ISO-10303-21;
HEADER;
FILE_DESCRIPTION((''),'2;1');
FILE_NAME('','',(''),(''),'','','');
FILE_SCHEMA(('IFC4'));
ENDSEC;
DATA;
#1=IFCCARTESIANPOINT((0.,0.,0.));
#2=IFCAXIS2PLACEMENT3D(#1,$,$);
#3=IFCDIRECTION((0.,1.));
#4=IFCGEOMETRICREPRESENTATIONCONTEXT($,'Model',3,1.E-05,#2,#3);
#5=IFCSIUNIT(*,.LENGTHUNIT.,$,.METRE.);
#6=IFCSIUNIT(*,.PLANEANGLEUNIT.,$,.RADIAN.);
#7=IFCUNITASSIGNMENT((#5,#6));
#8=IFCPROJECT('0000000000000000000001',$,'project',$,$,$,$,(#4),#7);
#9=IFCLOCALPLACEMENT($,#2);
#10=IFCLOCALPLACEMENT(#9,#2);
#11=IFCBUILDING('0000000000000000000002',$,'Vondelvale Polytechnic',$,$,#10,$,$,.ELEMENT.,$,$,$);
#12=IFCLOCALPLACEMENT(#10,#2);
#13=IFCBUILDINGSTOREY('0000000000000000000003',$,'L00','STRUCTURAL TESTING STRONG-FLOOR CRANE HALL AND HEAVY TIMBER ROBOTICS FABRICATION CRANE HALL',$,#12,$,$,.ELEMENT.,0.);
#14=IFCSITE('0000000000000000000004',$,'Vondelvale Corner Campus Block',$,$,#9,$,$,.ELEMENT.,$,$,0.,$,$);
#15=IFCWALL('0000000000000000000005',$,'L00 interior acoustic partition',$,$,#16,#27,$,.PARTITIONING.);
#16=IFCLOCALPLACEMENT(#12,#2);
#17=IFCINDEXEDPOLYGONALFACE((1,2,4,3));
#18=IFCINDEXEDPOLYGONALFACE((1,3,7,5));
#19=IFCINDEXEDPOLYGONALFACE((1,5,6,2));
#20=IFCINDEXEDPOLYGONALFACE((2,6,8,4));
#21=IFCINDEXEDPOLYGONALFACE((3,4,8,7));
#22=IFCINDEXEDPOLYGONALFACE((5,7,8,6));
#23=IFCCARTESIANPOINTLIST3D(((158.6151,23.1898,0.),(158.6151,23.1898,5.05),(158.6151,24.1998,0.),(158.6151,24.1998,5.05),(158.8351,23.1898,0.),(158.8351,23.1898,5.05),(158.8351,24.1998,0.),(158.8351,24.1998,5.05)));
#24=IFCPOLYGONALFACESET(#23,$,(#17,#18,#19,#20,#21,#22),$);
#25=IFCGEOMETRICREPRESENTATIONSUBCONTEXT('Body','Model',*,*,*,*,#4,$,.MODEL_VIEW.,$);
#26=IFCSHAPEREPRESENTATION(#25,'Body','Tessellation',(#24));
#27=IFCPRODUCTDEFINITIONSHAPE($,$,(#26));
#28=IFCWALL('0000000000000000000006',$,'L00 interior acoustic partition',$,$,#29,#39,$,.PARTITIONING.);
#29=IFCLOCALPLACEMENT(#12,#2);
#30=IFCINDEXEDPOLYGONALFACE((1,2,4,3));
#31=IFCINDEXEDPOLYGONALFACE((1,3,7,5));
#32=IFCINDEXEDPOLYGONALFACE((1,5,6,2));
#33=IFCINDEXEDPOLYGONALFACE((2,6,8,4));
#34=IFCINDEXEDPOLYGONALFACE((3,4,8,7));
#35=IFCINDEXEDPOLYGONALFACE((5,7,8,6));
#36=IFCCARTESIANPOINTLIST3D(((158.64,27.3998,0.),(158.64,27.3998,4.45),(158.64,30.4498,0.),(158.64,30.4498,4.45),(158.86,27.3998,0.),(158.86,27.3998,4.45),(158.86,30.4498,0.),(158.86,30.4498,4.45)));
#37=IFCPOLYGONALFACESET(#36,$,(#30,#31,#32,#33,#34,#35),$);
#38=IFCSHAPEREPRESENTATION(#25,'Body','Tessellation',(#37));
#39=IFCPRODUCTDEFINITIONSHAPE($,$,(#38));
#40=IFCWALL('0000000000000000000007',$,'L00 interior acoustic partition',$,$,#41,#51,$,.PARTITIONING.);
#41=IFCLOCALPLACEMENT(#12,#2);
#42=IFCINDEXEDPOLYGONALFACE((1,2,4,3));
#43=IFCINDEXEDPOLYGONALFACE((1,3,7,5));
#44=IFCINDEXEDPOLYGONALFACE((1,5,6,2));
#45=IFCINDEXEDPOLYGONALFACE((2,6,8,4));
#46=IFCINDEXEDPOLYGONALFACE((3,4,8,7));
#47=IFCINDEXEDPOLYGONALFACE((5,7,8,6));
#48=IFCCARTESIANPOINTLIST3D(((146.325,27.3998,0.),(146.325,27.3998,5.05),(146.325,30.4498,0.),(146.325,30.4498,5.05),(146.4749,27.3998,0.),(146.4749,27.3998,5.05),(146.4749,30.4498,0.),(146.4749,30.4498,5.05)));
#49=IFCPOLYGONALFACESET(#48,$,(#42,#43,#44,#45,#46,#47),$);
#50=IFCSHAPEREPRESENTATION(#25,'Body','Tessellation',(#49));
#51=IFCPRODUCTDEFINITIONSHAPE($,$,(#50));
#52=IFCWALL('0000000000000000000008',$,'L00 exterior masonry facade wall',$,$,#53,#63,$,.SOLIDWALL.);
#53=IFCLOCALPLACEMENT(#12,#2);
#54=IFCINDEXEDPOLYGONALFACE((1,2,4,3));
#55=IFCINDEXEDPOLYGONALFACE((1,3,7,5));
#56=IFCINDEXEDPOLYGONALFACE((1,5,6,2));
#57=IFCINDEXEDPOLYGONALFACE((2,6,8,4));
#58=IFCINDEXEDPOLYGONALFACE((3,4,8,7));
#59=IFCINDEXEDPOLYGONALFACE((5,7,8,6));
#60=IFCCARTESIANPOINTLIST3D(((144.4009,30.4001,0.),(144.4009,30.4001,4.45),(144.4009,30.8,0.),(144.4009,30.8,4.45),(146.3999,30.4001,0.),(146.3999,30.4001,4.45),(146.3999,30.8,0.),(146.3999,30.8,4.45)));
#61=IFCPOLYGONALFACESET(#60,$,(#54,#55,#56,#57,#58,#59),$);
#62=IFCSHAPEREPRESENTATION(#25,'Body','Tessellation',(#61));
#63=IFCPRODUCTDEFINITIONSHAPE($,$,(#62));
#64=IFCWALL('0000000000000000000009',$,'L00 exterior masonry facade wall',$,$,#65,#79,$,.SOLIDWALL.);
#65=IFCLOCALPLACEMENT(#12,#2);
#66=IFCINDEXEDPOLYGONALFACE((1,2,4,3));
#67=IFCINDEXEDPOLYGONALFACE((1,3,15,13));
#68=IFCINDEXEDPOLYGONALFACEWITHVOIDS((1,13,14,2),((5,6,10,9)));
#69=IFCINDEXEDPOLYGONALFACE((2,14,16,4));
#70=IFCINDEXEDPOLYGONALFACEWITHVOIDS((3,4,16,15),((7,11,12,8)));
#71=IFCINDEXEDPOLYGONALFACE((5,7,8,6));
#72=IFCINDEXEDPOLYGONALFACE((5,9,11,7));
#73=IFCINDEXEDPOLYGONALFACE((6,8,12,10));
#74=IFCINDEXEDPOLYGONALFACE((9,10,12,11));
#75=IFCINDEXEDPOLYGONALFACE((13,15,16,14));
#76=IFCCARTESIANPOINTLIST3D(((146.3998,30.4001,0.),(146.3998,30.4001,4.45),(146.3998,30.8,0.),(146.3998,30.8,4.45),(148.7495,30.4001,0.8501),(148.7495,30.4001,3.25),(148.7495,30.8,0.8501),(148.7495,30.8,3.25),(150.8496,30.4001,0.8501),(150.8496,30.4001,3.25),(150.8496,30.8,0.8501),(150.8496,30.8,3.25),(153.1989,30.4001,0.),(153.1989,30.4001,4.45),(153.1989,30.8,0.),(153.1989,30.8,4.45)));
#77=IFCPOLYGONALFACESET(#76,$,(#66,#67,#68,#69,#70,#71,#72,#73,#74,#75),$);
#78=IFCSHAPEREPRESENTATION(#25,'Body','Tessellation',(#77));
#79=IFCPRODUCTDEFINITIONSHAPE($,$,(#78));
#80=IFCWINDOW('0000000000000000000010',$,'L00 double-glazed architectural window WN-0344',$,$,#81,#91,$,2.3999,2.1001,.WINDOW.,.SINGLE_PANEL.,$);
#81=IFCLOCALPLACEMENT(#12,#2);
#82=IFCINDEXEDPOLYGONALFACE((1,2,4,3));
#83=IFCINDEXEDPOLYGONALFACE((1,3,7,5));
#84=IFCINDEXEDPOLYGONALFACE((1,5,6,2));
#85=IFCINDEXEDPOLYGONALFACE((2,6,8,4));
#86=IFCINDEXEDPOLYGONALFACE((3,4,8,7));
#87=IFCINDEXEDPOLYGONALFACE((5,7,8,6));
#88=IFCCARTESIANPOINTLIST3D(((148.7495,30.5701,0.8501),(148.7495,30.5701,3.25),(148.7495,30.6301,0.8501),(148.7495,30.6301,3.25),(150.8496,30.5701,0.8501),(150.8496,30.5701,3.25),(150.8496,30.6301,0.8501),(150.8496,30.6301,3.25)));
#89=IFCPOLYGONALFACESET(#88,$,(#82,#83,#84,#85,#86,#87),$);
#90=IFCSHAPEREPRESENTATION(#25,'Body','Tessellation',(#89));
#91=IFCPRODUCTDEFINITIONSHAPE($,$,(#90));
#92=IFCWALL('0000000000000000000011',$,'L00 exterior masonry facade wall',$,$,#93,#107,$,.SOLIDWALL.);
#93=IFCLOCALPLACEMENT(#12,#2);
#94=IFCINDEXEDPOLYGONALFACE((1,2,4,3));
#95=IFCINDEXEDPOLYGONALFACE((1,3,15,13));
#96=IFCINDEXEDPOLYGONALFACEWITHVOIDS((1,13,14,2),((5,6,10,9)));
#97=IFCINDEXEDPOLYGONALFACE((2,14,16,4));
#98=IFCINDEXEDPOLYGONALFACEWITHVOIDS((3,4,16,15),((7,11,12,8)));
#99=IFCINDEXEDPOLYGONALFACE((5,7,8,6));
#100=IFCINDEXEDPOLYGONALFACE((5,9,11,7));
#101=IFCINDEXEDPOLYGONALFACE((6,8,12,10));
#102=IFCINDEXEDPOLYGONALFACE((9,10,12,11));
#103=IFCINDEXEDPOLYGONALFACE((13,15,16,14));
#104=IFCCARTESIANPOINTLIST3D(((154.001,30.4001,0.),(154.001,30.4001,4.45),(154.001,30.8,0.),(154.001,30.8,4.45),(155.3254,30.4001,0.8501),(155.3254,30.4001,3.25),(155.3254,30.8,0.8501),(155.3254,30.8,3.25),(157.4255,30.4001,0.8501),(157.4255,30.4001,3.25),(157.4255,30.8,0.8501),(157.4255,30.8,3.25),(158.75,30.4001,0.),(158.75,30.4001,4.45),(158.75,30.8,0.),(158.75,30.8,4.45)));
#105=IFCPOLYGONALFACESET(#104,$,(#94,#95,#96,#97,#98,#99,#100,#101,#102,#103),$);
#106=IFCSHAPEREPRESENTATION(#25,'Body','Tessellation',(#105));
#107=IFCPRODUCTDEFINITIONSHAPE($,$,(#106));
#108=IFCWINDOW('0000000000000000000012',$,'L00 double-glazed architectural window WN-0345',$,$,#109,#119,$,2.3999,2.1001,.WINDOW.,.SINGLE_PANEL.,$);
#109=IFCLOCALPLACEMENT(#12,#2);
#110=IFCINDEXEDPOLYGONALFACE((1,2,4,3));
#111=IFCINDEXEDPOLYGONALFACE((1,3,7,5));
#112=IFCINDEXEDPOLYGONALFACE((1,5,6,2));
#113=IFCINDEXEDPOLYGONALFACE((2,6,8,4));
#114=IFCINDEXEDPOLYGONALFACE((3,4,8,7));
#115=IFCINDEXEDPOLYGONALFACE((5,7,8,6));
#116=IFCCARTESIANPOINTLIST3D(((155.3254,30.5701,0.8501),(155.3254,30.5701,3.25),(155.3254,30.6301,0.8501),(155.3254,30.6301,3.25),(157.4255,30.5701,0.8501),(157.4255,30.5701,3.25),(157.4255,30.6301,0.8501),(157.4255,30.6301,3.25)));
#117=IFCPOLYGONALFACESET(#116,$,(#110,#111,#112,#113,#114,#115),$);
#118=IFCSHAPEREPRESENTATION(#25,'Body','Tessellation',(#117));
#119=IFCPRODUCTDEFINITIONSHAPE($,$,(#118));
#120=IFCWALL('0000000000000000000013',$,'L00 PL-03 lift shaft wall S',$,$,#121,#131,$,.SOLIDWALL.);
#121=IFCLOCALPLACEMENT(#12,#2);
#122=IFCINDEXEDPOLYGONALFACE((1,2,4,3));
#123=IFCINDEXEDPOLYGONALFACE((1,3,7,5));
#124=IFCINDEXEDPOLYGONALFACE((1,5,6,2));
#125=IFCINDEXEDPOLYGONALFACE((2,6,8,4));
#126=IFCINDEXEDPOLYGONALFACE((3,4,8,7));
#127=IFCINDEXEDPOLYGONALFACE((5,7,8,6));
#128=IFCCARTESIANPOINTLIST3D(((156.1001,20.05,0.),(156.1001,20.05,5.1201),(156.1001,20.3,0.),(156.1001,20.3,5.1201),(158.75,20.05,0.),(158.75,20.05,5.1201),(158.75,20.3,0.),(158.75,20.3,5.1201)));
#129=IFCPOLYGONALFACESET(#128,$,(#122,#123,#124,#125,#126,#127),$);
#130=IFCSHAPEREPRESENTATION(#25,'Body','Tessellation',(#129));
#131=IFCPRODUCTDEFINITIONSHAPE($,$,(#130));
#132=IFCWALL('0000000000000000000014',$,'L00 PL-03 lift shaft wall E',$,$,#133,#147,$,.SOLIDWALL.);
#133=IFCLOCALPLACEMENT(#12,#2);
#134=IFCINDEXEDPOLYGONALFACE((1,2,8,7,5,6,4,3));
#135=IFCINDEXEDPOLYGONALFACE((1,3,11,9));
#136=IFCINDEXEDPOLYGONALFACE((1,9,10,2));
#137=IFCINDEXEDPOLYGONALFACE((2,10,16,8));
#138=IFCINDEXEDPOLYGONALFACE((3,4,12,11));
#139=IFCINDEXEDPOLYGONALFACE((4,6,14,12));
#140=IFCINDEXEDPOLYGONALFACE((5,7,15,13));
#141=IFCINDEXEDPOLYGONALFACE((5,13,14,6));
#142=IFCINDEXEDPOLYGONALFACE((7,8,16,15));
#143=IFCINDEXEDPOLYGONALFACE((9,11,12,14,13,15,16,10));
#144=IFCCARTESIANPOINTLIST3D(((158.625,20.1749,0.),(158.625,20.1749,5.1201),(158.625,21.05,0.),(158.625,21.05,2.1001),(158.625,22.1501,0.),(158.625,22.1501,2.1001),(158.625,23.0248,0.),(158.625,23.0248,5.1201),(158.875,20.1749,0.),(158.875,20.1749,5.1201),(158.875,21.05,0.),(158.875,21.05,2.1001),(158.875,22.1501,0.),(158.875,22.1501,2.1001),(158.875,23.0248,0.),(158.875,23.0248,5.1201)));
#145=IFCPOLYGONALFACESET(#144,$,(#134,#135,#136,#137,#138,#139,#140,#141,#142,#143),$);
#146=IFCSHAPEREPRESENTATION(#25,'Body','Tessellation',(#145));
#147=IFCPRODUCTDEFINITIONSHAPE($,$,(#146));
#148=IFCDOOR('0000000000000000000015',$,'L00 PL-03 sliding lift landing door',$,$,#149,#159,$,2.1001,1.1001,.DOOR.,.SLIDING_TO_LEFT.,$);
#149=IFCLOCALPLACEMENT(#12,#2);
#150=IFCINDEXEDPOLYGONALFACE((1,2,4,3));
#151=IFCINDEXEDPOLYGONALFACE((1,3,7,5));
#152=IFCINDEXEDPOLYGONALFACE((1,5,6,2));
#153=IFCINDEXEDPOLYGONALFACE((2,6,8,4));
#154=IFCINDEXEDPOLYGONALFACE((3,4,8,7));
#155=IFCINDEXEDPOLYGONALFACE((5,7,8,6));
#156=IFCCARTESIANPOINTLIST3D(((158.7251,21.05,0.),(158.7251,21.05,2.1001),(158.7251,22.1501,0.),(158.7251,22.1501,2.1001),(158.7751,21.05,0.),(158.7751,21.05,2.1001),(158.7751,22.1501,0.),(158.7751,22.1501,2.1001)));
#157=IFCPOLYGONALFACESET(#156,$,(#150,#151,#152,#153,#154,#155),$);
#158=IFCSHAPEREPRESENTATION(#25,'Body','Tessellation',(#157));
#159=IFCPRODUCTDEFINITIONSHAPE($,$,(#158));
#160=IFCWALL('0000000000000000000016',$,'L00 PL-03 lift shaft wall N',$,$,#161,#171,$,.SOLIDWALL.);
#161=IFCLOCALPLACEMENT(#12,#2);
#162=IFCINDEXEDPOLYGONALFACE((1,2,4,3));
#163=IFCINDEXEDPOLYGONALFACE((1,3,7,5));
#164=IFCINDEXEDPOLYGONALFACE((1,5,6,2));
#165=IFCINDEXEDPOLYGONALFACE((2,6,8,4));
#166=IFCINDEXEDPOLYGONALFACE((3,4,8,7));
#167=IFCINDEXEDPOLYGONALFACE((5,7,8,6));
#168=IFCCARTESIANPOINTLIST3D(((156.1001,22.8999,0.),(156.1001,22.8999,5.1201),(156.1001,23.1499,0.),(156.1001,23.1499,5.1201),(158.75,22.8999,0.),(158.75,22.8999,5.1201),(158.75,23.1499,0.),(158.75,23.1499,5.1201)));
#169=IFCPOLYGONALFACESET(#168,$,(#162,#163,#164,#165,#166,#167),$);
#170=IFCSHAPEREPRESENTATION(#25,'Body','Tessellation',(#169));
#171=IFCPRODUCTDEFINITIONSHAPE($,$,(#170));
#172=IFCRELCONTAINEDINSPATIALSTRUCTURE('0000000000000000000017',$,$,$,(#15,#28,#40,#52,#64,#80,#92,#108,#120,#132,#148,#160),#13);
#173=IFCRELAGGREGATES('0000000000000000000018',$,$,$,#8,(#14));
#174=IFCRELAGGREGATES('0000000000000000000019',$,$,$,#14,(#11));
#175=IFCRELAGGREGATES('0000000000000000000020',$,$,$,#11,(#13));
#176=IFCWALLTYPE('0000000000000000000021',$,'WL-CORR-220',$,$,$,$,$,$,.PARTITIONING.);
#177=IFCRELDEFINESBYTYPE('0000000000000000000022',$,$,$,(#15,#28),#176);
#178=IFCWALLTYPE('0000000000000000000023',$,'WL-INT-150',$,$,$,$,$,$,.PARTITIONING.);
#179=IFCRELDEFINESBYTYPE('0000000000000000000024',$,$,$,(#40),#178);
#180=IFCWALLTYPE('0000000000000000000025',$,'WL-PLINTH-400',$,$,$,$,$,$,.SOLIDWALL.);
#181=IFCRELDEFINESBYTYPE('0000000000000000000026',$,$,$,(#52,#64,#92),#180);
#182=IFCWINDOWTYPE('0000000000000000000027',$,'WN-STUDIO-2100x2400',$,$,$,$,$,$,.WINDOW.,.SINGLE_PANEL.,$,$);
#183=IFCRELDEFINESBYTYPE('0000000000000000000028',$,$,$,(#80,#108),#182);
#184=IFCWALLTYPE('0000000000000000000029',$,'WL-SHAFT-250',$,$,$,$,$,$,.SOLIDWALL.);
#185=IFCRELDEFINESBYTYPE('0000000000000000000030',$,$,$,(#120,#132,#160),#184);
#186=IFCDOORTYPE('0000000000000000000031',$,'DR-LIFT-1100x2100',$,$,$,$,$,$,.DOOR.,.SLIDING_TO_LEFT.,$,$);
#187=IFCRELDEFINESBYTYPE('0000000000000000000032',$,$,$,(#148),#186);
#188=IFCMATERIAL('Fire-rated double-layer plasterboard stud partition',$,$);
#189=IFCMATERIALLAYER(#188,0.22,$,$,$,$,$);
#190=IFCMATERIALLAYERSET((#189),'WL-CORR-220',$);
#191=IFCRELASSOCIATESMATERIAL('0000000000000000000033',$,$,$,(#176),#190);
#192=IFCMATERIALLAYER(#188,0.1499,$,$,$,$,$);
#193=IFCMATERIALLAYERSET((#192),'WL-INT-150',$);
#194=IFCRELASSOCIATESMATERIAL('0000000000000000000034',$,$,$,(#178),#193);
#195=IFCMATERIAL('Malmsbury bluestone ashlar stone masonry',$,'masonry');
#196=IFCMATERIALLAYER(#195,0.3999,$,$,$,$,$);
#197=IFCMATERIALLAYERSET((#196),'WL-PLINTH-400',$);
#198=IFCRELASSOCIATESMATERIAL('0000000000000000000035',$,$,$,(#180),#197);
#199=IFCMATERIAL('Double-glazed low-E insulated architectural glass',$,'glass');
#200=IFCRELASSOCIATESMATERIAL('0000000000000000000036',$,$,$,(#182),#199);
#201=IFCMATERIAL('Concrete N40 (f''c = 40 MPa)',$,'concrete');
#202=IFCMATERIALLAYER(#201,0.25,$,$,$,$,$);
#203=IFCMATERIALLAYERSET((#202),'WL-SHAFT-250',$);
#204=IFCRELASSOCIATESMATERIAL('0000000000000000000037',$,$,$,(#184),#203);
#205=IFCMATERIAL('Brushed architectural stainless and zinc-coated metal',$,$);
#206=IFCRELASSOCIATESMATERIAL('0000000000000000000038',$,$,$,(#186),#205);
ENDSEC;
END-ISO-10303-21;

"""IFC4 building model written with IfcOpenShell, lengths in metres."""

from ifc_helpers import new_model, si_unit, direction, frame, frame_2d, origin, place, context, subcontext, project, spatial, rectangle, extrude, material, layer, layer_set, type_object, element, fill, save


model = new_model("IFC4")

# Units and contexts
model_context = context("Model", 3, precision=1e-05, world=origin(), true_north=direction((0.0, 1.0)))
body_context = subcontext(model_context, "Body", "Model", "MODEL_VIEW")
ifc_project = project(units=[si_unit("LENGTHUNIT", "METRE"), si_unit("PLANEANGLEUNIT", "RADIAN")], contexts=[model_context])

# Site, building, storey
site_placement = place(None, origin())
site = spatial("IfcSite", under=ifc_project, at=site_placement, Name="Vondelvale Corner Campus Block", CompositionType="ELEMENT", RefElevation=0.0)
building_placement = place(site_placement, origin())
building = spatial("IfcBuilding", under=site, at=building_placement, Name="Vondelvale Polytechnic", CompositionType="ELEMENT")
storey_placement = place(building_placement, origin())
storey = spatial("IfcBuildingStorey", under=building, at=storey_placement, Name="L00", Description="STRUCTURAL TESTING STRONG-FLOOR CRANE HALL AND HEAVY TIMBER ROBOTICS FABRICATION CRANE HALL", CompositionType="ELEMENT", Elevation=0.0)

# Shared definitions
ifc_material_1 = material(Name="Concrete N40 (f'c = 40 MPa)", Category="concrete")

# Shared definitions
ifc_material_2 = material(Name="Fire-rated double-layer plasterboard stud partition")
ifc_layer_1 = layer(ifc_material_2, 0.22)
ifc_layer_set_1 = layer_set([ifc_layer_1], Name="WL-CORR-220")
wall_type_1 = type_object("IfcWallType", Name="WL-CORR-220", PredefinedType="PARTITIONING", material=ifc_layer_set_1)

# Walls
wall_1_placement = place(storey_placement, frame((158.7251, 23.1899, 0.0), z_axis=(0.0, 0.0, 1.0), x_axis=(0.0, 1.0, 0.0)))
element("IfcWall", 1, at=wall_1_placement, inside=storey, type_object=wall_type_1, Name="L00 interior acoustic partition", PredefinedType="PARTITIONING", context=body_context, shape_type="SweptSolid", body=[
    extrude(rectangle(XDim=1.01, YDim=0.22, at=frame_2d((0.5049, 0.0))), origin(), (0.0, 0.0, 1.0), 5.05),
])
wall_2_placement = place(storey_placement, frame((158.75, 27.3999, 0.0), z_axis=(0.0, 0.0, 1.0), x_axis=(0.0, 1.0, 0.0)))
element("IfcWall", 2, at=wall_2_placement, inside=storey, type_object=wall_type_1, Name="L00 interior acoustic partition", PredefinedType="PARTITIONING", context=body_context, shape_type="SweptSolid", body=[
    extrude(rectangle(XDim=3.05, YDim=0.22, at=frame_2d((1.5249, 0.0))), origin(), (0.0, 0.0, 1.0), 4.45),
])
ifc_layer_2 = layer(ifc_material_2, 0.1499)
ifc_layer_set_2 = layer_set([ifc_layer_2], Name="WL-INT-150")
wall_type_2 = type_object("IfcWallType", Name="WL-INT-150", PredefinedType="PARTITIONING", material=ifc_layer_set_2)
wall_3_placement = place(storey_placement, frame((146.3999, 27.3999, 0.0), z_axis=(0.0, 0.0, 1.0), x_axis=(0.0, 1.0, 0.0)))
element("IfcWall", 3, at=wall_3_placement, inside=storey, type_object=wall_type_2, Name="L00 interior acoustic partition", PredefinedType="PARTITIONING", context=body_context, shape_type="SweptSolid", body=[
    extrude(rectangle(XDim=3.05, YDim=0.1499, at=frame_2d((1.5249, 0.0))), origin(), (0.0, 0.0, 1.0), 5.05),
])
ifc_material_3 = material(Name="Malmsbury bluestone ashlar stone masonry", Category="masonry")
ifc_layer_3 = layer(ifc_material_3, 0.3999)
ifc_layer_set_3 = layer_set([ifc_layer_3], Name="WL-PLINTH-400")
wall_type_3 = type_object("IfcWallType", Name="WL-PLINTH-400", PredefinedType="SOLIDWALL", material=ifc_layer_set_3)
wall_4_placement = place(storey_placement, frame((144.4009, 30.6001, 0.0), z_axis=(0.0, 0.0, 1.0), x_axis=(1.0, 0.0, 0.0)))
element("IfcWall", 4, at=wall_4_placement, inside=storey, type_object=wall_type_3, Name="L00 exterior masonry facade wall", PredefinedType="SOLIDWALL", context=body_context, shape_type="SweptSolid", body=[
    extrude(rectangle(XDim=1.999, YDim=0.3999, at=frame_2d((0.9995, 0.0))), origin(), (0.0, 0.0, 1.0), 4.45),
])

# Walls, openings, windows
wall_5_placement = place(storey_placement, frame((146.3999, 30.6001, 0.0), z_axis=(0.0, 0.0, 1.0), x_axis=(1.0, 0.0, 0.0)))
wall_5 = element("IfcWall", 5, at=wall_5_placement, inside=storey, type_object=wall_type_3, Name="L00 exterior masonry facade wall", PredefinedType="SOLIDWALL", context=body_context, shape_type="SweptSolid", body=[
    extrude(rectangle(XDim=6.7991, YDim=0.3999, at=frame_2d((3.3994, 0.0))), origin(), (0.0, 0.0, 1.0), 4.45),
])
opening_1_placement = place(wall_5_placement, frame((2.3496, 0.0, 0.8501)))
opening_1 = element("IfcOpeningElement", 6, at=opening_1_placement, cuts=wall_5, PredefinedType="OPENING", context=body_context, shape_type="SweptSolid", body=[
    extrude(rectangle(XDim=2.1001, YDim=2.3999, at=frame_2d((1.05, 1.2))), frame((0.0, 0.21, 0.0), z_axis=(0.0, -1.0, 0.0), x_axis=(1.0, 0.0, 0.0)), (0.0, 0.0, 1.0), 0.4199),
])
ifc_material_4 = material(Name="Double-glazed low-E insulated architectural glass", Category="glass")
window_type = type_object("IfcWindowType", Name="WN-STUDIO-2100x2400", PartitioningType="SINGLE_PANEL", PredefinedType="WINDOW", material=ifc_material_4)
window_1_placement = place(opening_1_placement, origin())
window_1 = element("IfcWindow", 7, at=window_1_placement, inside=storey, type_object=window_type, Name="L00 double-glazed architectural window WN-0344", OverallHeight=2.3999, OverallWidth=2.1001, PartitioningType="SINGLE_PANEL", PredefinedType="WINDOW", context=body_context, shape_type="SweptSolid", body=[
    extrude(rectangle(XDim=2.1001, YDim=2.3999, at=frame_2d((1.05, 1.2))), frame((0.0, 0.03, 0.0), z_axis=(0.0, -1.0, 0.0), x_axis=(1.0, 0.0, 0.0)), (0.0, 0.0, 1.0), 0.0601),
])
fill(opening_1, window_1)
wall_6_placement = place(storey_placement, frame((154.001, 30.6001, 0.0), z_axis=(0.0, 0.0, 1.0), x_axis=(1.0, 0.0, 0.0)))
wall_6 = element("IfcWall", 8, at=wall_6_placement, inside=storey, type_object=wall_type_3, Name="L00 exterior masonry facade wall", PredefinedType="SOLIDWALL", context=body_context, shape_type="SweptSolid", body=[
    extrude(rectangle(XDim=4.749, YDim=0.3999, at=frame_2d((2.3745, 0.0))), origin(), (0.0, 0.0, 1.0), 4.45),
])
opening_2_placement = place(wall_6_placement, frame((1.3245, 0.0, 0.8501)))
opening_2 = element("IfcOpeningElement", 9, at=opening_2_placement, cuts=wall_6, PredefinedType="OPENING", context=body_context, shape_type="SweptSolid", body=[
    extrude(rectangle(XDim=2.1001, YDim=2.3999, at=frame_2d((1.05, 1.2))), frame((0.0, 0.21, 0.0), z_axis=(0.0, -1.0, 0.0), x_axis=(1.0, 0.0, 0.0)), (0.0, 0.0, 1.0), 0.4199),
])
window_2_placement = place(opening_2_placement, origin())
window_2 = element("IfcWindow", 10, at=window_2_placement, inside=storey, type_object=window_type, Name="L00 double-glazed architectural window WN-0345", OverallHeight=2.3999, OverallWidth=2.1001, PartitioningType="SINGLE_PANEL", PredefinedType="WINDOW", context=body_context, shape_type="SweptSolid", body=[
    extrude(rectangle(XDim=2.1001, YDim=2.3999, at=frame_2d((1.05, 1.2))), frame((0.0, 0.03, 0.0), z_axis=(0.0, -1.0, 0.0), x_axis=(1.0, 0.0, 0.0)), (0.0, 0.0, 1.0), 0.0601),
])
fill(opening_2, window_2)

# Wall
ifc_layer_4 = layer(ifc_material_1, 0.25)
ifc_layer_set_4 = layer_set([ifc_layer_4], Name="WL-SHAFT-250")
wall_type_4 = type_object("IfcWallType", Name="WL-SHAFT-250", PredefinedType="SOLIDWALL", material=ifc_layer_set_4)
wall_7_placement = place(storey_placement, frame((156.1001, 20.175, 0.0), z_axis=(0.0, 0.0, 1.0), x_axis=(1.0, 0.0, 0.0)))
element("IfcWall", 11, at=wall_7_placement, inside=storey, type_object=wall_type_4, Name="L00 PL-03 lift shaft wall S", PredefinedType="SOLIDWALL", context=body_context, shape_type="SweptSolid", body=[
    extrude(rectangle(XDim=2.6499, YDim=0.25, at=frame_2d((1.325, 0.0))), origin(), (0.0, 0.0, 1.0), 5.1201),
])

# Wall, opening, door
wall_8_placement = place(storey_placement, frame((158.75, 20.175, 0.0), z_axis=(0.0, 0.0, 1.0), x_axis=(0.0, 1.0, 0.0)))
wall_8 = element("IfcWall", 12, at=wall_8_placement, inside=storey, type_object=wall_type_4, Name="L00 PL-03 lift shaft wall E", PredefinedType="SOLIDWALL", context=body_context, shape_type="SweptSolid", body=[
    extrude(rectangle(XDim=2.8499, YDim=0.25, at=frame_2d((1.4248, 0.0))), origin(), (0.0, 0.0, 1.0), 5.1201),
])
opening_3_placement = place(wall_8_placement, frame((0.875, 0.0, 0.0)))
opening_3 = element("IfcOpeningElement", 13, at=opening_3_placement, cuts=wall_8, PredefinedType="OPENING", context=body_context, shape_type="SweptSolid", body=[
    extrude(rectangle(XDim=1.1001, YDim=2.1001, at=frame_2d((0.55, 1.05))), frame((0.0, 0.135, 0.0), z_axis=(0.0, -1.0, 0.0), x_axis=(1.0, 0.0, 0.0)), (0.0, 0.0, 1.0), 0.27),
])
ifc_material_5 = material(Name="Brushed architectural stainless and zinc-coated metal")
door_type_1 = type_object("IfcDoorType", Name="DR-LIFT-1100x2100", OperationType="SLIDING_TO_LEFT", PredefinedType="DOOR", material=ifc_material_5)
door_1_placement = place(opening_3_placement, origin())
door_1 = element("IfcDoor", 14, at=door_1_placement, inside=storey, type_object=door_type_1, Name="L00 PL-03 sliding lift landing door", OperationType="SLIDING_TO_LEFT", OverallHeight=2.1001, OverallWidth=1.1001, PredefinedType="DOOR", context=body_context, shape_type="SweptSolid", body=[
    extrude(rectangle(XDim=1.1001, YDim=2.1001, at=frame_2d((0.55, 1.05))), frame((0.0, 0.0249, 0.0), z_axis=(0.0, -1.0, 0.0), x_axis=(1.0, 0.0, 0.0)), (0.0, 0.0, 1.0), 0.05),
])
fill(opening_3, door_1)

# Wall
wall_9_placement = place(storey_placement, frame((158.75, 23.0249, 0.0), z_axis=(0.0, 0.0, 1.0), x_axis=(-1.0, 0.0, 0.0)))
element("IfcWall", 15, at=wall_9_placement, inside=storey, type_object=wall_type_4, Name="L00 PL-03 lift shaft wall N", PredefinedType="SOLIDWALL", context=body_context, shape_type="SweptSolid", body=[
    extrude(rectangle(XDim=2.6499, YDim=0.25, at=frame_2d((1.325, 0.0))), origin(), (0.0, 0.0, 1.0), 5.1201),
])

save(model, "model.ifc")
